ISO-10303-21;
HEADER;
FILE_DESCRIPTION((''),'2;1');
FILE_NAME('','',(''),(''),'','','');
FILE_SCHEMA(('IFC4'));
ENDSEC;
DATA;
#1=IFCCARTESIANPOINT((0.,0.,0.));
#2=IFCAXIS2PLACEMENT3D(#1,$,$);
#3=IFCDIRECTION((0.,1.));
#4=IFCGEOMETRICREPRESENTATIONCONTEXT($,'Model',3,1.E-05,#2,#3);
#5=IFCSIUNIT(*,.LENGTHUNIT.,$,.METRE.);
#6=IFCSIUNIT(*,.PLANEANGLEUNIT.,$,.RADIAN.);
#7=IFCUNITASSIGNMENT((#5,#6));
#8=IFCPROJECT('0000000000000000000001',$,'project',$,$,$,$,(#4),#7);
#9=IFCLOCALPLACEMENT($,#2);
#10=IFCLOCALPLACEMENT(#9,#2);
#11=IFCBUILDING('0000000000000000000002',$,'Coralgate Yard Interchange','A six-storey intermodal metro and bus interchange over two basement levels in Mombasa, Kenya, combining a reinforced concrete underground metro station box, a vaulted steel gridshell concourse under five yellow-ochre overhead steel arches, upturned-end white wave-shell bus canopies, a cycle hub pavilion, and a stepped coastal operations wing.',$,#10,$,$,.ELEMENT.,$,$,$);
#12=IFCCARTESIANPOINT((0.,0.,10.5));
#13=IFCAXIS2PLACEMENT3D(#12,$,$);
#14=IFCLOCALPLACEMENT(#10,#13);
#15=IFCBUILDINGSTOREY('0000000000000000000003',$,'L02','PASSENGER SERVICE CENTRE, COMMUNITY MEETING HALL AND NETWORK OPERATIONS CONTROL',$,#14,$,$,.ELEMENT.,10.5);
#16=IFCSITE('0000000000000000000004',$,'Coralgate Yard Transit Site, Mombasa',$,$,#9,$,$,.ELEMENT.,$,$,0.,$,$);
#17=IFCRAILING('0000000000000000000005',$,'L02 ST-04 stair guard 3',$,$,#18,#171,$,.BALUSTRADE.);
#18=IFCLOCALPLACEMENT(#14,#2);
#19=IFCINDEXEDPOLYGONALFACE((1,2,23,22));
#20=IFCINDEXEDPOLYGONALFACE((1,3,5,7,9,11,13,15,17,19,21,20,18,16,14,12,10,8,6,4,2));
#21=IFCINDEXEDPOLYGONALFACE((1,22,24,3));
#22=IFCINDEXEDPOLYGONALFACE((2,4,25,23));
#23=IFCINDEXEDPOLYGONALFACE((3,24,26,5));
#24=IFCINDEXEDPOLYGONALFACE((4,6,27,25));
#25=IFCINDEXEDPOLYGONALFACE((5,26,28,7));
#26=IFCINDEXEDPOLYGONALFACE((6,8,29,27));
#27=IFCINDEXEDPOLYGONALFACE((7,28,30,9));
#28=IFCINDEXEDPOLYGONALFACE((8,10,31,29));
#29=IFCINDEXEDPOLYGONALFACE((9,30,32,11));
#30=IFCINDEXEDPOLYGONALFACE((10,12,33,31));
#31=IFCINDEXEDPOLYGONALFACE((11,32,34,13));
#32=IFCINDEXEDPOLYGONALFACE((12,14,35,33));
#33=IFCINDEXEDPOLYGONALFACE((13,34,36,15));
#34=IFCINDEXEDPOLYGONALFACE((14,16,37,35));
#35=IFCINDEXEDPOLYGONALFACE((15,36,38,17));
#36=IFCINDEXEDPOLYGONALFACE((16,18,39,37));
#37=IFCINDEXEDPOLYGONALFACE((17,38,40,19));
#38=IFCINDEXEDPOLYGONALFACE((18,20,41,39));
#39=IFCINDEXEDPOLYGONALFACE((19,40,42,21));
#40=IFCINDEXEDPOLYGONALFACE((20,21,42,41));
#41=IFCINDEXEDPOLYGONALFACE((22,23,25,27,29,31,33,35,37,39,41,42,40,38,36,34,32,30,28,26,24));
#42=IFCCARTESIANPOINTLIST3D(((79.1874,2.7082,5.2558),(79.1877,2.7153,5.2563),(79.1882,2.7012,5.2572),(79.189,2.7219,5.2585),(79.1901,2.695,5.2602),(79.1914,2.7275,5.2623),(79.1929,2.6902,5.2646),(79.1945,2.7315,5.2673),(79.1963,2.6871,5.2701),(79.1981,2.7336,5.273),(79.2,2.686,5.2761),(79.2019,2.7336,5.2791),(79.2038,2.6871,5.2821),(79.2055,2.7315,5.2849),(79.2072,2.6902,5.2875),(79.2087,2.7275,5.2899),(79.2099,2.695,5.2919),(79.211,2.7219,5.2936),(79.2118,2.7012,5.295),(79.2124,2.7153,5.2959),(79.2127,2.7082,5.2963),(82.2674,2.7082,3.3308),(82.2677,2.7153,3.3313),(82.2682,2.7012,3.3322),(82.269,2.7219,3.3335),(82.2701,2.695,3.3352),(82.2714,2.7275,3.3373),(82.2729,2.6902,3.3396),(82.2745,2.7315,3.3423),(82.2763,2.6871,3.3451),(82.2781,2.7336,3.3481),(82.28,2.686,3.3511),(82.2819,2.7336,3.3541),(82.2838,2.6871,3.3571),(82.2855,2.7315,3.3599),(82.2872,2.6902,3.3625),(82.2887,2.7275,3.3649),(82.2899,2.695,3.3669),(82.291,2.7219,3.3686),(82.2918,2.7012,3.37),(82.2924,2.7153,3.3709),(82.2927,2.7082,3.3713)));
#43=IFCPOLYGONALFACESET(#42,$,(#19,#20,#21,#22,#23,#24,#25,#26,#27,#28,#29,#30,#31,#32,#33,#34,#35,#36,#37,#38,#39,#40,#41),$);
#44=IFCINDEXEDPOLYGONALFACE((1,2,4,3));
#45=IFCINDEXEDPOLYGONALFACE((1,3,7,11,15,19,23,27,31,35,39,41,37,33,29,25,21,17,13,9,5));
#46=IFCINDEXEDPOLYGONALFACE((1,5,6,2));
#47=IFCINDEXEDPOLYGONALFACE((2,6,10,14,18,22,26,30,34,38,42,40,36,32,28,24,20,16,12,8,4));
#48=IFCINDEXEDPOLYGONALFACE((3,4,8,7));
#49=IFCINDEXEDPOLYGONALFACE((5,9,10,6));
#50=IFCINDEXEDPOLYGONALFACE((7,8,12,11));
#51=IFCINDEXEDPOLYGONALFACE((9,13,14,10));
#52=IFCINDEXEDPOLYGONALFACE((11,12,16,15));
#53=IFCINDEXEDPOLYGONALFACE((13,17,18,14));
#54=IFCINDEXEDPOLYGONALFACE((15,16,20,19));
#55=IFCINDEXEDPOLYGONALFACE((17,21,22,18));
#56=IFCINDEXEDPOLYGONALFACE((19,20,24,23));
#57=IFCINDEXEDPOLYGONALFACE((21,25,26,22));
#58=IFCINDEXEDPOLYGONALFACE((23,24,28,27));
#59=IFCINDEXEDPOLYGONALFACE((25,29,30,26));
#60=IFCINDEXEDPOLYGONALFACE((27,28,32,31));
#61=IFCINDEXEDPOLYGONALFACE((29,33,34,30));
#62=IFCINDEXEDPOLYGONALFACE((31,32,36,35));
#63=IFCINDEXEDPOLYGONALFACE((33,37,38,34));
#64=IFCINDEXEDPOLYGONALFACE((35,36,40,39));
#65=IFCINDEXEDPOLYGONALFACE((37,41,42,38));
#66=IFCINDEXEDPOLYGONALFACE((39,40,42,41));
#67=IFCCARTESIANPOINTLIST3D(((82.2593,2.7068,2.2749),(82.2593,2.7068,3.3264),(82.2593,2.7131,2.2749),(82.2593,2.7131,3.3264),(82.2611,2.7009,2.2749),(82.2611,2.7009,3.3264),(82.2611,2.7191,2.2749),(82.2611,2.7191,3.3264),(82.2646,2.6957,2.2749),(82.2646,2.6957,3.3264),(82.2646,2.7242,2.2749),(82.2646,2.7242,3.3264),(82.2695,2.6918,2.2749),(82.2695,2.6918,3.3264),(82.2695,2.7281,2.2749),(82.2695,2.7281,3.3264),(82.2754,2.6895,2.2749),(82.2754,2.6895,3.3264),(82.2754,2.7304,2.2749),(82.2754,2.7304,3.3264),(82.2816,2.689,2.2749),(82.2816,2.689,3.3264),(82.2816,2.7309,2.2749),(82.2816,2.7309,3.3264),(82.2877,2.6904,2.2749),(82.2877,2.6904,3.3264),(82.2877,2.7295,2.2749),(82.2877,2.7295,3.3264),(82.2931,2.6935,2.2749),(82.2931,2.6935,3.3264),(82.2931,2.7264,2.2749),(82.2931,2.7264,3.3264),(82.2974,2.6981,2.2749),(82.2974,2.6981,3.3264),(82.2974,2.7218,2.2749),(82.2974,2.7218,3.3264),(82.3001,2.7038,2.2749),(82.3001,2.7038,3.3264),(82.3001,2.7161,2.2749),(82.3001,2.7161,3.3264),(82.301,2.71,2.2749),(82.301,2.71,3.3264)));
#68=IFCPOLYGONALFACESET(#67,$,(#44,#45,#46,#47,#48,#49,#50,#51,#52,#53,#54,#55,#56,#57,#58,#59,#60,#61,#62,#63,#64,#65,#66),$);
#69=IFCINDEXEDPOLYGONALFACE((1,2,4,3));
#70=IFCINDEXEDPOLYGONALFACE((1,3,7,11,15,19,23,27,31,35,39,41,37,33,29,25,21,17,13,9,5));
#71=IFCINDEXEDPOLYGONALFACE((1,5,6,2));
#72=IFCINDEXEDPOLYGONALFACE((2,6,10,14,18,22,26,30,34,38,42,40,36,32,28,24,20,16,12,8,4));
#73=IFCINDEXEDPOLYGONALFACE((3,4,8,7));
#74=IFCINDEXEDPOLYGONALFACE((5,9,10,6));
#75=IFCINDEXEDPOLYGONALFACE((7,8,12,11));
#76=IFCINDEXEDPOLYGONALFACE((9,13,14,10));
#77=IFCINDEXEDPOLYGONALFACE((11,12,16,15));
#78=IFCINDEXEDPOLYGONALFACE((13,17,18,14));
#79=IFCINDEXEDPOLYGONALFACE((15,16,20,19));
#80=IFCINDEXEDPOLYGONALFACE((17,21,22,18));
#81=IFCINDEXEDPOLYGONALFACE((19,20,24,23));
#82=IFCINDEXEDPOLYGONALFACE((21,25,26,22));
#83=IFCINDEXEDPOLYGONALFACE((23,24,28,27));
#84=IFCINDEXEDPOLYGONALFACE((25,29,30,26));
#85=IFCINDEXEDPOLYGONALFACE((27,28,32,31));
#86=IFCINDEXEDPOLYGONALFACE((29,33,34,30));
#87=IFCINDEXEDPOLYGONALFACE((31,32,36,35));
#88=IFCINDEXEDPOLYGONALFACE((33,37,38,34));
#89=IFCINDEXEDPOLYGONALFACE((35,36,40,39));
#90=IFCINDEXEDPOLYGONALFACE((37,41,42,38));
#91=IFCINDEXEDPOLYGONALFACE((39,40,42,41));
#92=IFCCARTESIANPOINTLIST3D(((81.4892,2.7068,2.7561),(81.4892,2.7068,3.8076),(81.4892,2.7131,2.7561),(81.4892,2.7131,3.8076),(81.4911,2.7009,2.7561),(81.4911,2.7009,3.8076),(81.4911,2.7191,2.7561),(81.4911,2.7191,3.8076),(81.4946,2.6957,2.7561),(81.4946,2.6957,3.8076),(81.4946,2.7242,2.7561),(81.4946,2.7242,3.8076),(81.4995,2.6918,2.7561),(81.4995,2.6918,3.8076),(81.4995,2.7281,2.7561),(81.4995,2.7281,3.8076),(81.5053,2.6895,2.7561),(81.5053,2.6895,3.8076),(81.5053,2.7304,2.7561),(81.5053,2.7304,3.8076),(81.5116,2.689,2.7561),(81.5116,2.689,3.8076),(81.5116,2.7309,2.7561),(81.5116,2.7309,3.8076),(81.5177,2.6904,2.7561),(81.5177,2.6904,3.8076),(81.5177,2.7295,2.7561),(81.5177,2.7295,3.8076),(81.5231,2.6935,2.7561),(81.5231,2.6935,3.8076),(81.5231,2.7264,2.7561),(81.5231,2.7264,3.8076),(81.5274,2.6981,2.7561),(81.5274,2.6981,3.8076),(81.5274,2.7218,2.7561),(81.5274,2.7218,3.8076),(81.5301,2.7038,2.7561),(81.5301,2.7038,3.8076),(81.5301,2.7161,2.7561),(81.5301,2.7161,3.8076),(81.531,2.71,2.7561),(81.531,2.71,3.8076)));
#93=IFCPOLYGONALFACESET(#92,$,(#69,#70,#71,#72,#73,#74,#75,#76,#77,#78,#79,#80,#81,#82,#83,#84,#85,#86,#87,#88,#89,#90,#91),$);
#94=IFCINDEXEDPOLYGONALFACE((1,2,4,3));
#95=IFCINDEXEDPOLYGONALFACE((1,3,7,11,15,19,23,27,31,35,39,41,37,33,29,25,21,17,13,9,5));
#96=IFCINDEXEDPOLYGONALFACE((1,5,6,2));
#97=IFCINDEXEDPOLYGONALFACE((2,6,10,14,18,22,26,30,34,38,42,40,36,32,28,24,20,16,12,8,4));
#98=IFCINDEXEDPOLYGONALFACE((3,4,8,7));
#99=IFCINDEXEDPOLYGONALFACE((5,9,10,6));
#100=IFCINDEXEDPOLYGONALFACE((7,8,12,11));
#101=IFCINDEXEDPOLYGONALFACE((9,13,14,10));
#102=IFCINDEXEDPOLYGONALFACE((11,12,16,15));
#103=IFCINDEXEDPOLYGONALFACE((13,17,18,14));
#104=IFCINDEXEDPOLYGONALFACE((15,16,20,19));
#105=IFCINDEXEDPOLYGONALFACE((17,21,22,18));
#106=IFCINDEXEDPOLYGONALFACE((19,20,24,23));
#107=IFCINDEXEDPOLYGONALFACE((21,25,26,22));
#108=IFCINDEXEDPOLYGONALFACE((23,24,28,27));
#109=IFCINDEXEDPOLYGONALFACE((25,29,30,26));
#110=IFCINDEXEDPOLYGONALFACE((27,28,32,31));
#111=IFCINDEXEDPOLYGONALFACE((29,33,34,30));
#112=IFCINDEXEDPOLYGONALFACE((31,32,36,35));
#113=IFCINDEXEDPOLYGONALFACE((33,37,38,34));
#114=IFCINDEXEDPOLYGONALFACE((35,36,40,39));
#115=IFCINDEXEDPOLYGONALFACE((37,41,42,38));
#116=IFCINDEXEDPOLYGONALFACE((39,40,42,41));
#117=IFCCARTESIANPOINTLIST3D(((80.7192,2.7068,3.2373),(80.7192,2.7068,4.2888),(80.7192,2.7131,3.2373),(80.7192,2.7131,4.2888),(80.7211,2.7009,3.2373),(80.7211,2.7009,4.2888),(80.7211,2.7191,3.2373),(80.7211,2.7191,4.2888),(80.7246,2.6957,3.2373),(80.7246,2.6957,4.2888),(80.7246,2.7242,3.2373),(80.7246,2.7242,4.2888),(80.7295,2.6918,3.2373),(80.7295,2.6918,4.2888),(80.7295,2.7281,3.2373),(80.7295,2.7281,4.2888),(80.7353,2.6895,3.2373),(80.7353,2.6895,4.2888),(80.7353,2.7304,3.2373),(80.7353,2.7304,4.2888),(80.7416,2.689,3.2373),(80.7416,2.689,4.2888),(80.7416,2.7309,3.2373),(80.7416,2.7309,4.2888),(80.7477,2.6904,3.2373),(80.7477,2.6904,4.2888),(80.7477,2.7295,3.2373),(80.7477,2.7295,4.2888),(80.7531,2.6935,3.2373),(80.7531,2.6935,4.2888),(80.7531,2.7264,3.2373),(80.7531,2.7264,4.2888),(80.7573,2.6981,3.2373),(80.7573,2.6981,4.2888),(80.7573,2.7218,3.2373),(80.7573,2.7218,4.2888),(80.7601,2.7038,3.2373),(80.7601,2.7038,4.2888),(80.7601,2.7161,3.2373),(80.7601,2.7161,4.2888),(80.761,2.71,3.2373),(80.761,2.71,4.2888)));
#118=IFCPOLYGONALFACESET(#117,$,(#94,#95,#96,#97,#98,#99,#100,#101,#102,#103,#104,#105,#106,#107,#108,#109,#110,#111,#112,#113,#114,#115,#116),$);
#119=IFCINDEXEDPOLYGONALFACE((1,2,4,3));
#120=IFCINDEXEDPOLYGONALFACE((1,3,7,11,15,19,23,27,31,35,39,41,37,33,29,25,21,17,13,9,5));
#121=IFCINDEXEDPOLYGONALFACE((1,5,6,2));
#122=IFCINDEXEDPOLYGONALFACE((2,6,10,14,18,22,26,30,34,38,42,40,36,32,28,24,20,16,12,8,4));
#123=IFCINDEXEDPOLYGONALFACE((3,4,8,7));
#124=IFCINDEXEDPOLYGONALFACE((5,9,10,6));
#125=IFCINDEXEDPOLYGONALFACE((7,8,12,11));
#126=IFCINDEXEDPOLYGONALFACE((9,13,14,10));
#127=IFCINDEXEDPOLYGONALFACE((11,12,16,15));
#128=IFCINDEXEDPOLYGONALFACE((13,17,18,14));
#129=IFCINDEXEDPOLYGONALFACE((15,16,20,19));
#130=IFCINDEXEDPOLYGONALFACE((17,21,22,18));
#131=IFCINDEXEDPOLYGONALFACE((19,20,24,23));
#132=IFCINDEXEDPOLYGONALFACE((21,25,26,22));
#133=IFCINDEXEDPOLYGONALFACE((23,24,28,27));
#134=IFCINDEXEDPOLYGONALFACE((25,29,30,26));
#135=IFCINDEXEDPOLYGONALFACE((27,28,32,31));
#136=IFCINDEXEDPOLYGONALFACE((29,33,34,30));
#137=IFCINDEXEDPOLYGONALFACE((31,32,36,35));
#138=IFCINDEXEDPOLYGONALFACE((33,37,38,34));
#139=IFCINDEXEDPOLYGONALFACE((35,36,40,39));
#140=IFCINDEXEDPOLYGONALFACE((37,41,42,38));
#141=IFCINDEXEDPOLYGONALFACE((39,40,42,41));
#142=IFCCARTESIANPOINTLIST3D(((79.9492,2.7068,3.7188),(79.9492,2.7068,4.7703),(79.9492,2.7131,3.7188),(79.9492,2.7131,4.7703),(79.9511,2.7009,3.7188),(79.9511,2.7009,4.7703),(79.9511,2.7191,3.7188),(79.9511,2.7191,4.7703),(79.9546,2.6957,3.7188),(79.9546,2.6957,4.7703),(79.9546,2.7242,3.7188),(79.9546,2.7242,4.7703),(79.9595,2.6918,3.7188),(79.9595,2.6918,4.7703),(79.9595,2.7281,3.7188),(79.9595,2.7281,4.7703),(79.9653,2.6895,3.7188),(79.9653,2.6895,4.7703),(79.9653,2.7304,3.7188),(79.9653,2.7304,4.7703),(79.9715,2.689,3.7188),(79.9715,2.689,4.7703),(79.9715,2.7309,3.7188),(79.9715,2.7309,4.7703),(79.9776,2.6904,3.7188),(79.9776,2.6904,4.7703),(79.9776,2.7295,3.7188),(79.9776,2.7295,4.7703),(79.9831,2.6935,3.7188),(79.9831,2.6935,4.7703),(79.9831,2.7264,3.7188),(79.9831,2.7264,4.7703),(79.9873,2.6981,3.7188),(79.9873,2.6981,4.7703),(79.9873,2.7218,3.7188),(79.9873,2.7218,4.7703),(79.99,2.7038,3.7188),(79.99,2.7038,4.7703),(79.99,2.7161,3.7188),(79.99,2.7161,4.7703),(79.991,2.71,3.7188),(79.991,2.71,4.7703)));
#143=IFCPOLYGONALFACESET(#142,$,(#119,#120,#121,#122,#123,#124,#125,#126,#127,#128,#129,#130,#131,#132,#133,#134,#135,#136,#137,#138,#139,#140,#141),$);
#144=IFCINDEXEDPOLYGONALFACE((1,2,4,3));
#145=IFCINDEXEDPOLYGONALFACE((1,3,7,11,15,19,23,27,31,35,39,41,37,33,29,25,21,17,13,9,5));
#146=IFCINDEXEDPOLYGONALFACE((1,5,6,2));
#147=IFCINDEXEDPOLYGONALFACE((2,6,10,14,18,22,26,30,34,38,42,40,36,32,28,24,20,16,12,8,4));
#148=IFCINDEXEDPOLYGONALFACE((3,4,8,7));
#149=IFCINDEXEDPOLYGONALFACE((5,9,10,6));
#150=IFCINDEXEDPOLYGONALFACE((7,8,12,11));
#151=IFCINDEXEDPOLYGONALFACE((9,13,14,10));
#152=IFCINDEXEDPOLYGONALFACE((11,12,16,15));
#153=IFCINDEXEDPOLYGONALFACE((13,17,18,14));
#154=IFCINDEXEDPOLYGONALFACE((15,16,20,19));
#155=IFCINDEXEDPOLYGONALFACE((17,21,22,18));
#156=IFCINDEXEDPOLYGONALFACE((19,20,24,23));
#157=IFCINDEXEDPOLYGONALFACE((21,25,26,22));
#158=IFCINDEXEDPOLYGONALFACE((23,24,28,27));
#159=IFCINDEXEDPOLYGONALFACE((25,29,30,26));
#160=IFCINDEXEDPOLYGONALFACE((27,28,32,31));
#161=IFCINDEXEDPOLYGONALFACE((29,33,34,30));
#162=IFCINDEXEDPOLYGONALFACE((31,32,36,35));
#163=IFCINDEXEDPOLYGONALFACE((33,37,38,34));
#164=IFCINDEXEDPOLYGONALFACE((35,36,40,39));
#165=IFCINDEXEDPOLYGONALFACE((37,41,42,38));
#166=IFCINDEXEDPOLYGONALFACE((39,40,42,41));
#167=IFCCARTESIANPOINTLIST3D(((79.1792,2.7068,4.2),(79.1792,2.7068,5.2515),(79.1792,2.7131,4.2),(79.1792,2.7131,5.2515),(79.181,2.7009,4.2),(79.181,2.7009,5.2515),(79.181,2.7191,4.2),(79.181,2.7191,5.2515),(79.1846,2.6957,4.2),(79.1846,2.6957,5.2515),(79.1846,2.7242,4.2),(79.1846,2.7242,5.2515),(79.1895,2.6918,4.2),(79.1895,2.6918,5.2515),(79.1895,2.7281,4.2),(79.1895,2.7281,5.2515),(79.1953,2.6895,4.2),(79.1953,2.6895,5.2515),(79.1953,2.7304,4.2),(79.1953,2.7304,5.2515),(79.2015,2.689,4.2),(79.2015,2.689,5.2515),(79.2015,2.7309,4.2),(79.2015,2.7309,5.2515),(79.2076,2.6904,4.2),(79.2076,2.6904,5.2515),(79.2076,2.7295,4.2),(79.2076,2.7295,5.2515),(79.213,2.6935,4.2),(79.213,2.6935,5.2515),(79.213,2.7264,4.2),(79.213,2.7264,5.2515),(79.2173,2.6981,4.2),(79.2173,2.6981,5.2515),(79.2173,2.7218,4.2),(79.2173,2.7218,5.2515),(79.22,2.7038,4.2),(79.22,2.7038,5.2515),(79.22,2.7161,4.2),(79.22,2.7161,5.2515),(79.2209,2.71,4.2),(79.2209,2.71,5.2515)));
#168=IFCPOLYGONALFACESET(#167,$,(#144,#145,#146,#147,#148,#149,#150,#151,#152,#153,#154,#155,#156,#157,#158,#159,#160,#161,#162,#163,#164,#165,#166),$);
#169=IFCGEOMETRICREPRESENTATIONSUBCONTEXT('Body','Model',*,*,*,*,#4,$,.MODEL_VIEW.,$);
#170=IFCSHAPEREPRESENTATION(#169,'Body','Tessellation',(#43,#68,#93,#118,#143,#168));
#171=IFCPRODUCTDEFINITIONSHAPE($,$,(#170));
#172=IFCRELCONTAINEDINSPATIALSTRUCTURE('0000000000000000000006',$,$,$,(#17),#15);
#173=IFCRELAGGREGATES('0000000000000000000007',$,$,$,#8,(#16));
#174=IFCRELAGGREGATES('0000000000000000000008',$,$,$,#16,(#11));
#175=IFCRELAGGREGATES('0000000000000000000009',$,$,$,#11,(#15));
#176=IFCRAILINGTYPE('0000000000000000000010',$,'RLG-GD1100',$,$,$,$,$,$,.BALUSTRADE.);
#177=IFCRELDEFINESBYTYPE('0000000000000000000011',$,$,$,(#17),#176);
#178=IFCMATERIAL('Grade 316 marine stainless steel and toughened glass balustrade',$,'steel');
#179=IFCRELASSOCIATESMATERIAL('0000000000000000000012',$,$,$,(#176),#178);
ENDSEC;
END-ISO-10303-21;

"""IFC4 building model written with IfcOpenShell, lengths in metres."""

from ifc_helpers import new_model, si_unit, direction, frame, origin, origin_2d, place, context, subcontext, project, spatial, circle, extrude, material, type_object, element, save


model = new_model("IFC4")

# Units and contexts
model_context = context("Model", 3, precision=1e-05, world=origin(), true_north=direction((0.0, 1.0)))
body_context = subcontext(model_context, "Body", "Model", "MODEL_VIEW")
ifc_project = project(units=[si_unit("LENGTHUNIT", "METRE"), si_unit("PLANEANGLEUNIT", "RADIAN")], contexts=[model_context])

# Site, building, storey
site_placement = place(None, origin())
site = spatial("IfcSite", under=ifc_project, at=site_placement, Name="Coralgate Yard Transit Site, Mombasa", CompositionType="ELEMENT", RefElevation=0.0)
building_placement = place(site_placement, origin())
building = spatial("IfcBuilding", under=site, at=building_placement, Name="Coralgate Yard Interchange", Description="A six-storey intermodal metro and bus interchange over two basement levels in Mombasa, Kenya, combining a reinforced concrete underground metro station box, a vaulted steel gridshell concourse under five yellow-ochre overhead steel arches, upturned-end white wave-shell bus canopies, a cycle hub pavilion, and a stepped coastal operations wing.", CompositionType="ELEMENT")
storey_placement = place(building_placement, frame((0.0, 0.0, 10.5)))
storey = spatial("IfcBuildingStorey", under=building, at=storey_placement, Name="L02", Description="PASSENGER SERVICE CENTRE, COMMUNITY MEETING HALL AND NETWORK OPERATIONS CONTROL", CompositionType="ELEMENT", Elevation=10.5)

# Railing
ifc_material_1 = material(Name="Grade 316 marine stainless steel and toughened glass balustrade", Category="steel")
railing_type_1 = type_object("IfcRailingType", Name="RLG-GD1100", PredefinedType="BALUSTRADE", material=ifc_material_1)
railing_1_placement = place(storey_placement, frame((82.28, 2.71, 2.2749)))
element("IfcRailing", 1, at=railing_1_placement, inside=storey, type_object=railing_type_1, Name="L02 ST-04 stair guard 3", PredefinedType="BALUSTRADE", context=body_context, shape_type="SweptSolid", body=[
    extrude(circle(Radius=0.0239, at=origin_2d()), frame((0.0, 0.0, 1.0762), z_axis=(-0.847998, 0.0, 0.529999), x_axis=(0.0, -1.0, 0.0)), (0.0, 0.0, 1.0), 3.6321),
    extrude(circle(Radius=0.021, at=origin_2d()), origin(), (0.0, 0.0, 1.0), 1.0515),
    extrude(circle(Radius=0.021, at=origin_2d()), frame((-0.77, 0.0, 0.4812)), (0.0, 0.0, 1.0), 1.0515),
    extrude(circle(Radius=0.021, at=origin_2d()), frame((-1.54, 0.0, 0.9624)), (0.0, 0.0, 1.0), 1.0515),
    extrude(circle(Radius=0.021, at=origin_2d()), frame((-2.3101, 0.0, 1.4438)), (0.0, 0.0, 1.0), 1.0515),
    extrude(circle(Radius=0.021, at=origin_2d()), frame((-3.0801, 0.0, 1.925)), (0.0, 0.0, 1.0), 1.0515),
])

save(model, "model.ifc")
